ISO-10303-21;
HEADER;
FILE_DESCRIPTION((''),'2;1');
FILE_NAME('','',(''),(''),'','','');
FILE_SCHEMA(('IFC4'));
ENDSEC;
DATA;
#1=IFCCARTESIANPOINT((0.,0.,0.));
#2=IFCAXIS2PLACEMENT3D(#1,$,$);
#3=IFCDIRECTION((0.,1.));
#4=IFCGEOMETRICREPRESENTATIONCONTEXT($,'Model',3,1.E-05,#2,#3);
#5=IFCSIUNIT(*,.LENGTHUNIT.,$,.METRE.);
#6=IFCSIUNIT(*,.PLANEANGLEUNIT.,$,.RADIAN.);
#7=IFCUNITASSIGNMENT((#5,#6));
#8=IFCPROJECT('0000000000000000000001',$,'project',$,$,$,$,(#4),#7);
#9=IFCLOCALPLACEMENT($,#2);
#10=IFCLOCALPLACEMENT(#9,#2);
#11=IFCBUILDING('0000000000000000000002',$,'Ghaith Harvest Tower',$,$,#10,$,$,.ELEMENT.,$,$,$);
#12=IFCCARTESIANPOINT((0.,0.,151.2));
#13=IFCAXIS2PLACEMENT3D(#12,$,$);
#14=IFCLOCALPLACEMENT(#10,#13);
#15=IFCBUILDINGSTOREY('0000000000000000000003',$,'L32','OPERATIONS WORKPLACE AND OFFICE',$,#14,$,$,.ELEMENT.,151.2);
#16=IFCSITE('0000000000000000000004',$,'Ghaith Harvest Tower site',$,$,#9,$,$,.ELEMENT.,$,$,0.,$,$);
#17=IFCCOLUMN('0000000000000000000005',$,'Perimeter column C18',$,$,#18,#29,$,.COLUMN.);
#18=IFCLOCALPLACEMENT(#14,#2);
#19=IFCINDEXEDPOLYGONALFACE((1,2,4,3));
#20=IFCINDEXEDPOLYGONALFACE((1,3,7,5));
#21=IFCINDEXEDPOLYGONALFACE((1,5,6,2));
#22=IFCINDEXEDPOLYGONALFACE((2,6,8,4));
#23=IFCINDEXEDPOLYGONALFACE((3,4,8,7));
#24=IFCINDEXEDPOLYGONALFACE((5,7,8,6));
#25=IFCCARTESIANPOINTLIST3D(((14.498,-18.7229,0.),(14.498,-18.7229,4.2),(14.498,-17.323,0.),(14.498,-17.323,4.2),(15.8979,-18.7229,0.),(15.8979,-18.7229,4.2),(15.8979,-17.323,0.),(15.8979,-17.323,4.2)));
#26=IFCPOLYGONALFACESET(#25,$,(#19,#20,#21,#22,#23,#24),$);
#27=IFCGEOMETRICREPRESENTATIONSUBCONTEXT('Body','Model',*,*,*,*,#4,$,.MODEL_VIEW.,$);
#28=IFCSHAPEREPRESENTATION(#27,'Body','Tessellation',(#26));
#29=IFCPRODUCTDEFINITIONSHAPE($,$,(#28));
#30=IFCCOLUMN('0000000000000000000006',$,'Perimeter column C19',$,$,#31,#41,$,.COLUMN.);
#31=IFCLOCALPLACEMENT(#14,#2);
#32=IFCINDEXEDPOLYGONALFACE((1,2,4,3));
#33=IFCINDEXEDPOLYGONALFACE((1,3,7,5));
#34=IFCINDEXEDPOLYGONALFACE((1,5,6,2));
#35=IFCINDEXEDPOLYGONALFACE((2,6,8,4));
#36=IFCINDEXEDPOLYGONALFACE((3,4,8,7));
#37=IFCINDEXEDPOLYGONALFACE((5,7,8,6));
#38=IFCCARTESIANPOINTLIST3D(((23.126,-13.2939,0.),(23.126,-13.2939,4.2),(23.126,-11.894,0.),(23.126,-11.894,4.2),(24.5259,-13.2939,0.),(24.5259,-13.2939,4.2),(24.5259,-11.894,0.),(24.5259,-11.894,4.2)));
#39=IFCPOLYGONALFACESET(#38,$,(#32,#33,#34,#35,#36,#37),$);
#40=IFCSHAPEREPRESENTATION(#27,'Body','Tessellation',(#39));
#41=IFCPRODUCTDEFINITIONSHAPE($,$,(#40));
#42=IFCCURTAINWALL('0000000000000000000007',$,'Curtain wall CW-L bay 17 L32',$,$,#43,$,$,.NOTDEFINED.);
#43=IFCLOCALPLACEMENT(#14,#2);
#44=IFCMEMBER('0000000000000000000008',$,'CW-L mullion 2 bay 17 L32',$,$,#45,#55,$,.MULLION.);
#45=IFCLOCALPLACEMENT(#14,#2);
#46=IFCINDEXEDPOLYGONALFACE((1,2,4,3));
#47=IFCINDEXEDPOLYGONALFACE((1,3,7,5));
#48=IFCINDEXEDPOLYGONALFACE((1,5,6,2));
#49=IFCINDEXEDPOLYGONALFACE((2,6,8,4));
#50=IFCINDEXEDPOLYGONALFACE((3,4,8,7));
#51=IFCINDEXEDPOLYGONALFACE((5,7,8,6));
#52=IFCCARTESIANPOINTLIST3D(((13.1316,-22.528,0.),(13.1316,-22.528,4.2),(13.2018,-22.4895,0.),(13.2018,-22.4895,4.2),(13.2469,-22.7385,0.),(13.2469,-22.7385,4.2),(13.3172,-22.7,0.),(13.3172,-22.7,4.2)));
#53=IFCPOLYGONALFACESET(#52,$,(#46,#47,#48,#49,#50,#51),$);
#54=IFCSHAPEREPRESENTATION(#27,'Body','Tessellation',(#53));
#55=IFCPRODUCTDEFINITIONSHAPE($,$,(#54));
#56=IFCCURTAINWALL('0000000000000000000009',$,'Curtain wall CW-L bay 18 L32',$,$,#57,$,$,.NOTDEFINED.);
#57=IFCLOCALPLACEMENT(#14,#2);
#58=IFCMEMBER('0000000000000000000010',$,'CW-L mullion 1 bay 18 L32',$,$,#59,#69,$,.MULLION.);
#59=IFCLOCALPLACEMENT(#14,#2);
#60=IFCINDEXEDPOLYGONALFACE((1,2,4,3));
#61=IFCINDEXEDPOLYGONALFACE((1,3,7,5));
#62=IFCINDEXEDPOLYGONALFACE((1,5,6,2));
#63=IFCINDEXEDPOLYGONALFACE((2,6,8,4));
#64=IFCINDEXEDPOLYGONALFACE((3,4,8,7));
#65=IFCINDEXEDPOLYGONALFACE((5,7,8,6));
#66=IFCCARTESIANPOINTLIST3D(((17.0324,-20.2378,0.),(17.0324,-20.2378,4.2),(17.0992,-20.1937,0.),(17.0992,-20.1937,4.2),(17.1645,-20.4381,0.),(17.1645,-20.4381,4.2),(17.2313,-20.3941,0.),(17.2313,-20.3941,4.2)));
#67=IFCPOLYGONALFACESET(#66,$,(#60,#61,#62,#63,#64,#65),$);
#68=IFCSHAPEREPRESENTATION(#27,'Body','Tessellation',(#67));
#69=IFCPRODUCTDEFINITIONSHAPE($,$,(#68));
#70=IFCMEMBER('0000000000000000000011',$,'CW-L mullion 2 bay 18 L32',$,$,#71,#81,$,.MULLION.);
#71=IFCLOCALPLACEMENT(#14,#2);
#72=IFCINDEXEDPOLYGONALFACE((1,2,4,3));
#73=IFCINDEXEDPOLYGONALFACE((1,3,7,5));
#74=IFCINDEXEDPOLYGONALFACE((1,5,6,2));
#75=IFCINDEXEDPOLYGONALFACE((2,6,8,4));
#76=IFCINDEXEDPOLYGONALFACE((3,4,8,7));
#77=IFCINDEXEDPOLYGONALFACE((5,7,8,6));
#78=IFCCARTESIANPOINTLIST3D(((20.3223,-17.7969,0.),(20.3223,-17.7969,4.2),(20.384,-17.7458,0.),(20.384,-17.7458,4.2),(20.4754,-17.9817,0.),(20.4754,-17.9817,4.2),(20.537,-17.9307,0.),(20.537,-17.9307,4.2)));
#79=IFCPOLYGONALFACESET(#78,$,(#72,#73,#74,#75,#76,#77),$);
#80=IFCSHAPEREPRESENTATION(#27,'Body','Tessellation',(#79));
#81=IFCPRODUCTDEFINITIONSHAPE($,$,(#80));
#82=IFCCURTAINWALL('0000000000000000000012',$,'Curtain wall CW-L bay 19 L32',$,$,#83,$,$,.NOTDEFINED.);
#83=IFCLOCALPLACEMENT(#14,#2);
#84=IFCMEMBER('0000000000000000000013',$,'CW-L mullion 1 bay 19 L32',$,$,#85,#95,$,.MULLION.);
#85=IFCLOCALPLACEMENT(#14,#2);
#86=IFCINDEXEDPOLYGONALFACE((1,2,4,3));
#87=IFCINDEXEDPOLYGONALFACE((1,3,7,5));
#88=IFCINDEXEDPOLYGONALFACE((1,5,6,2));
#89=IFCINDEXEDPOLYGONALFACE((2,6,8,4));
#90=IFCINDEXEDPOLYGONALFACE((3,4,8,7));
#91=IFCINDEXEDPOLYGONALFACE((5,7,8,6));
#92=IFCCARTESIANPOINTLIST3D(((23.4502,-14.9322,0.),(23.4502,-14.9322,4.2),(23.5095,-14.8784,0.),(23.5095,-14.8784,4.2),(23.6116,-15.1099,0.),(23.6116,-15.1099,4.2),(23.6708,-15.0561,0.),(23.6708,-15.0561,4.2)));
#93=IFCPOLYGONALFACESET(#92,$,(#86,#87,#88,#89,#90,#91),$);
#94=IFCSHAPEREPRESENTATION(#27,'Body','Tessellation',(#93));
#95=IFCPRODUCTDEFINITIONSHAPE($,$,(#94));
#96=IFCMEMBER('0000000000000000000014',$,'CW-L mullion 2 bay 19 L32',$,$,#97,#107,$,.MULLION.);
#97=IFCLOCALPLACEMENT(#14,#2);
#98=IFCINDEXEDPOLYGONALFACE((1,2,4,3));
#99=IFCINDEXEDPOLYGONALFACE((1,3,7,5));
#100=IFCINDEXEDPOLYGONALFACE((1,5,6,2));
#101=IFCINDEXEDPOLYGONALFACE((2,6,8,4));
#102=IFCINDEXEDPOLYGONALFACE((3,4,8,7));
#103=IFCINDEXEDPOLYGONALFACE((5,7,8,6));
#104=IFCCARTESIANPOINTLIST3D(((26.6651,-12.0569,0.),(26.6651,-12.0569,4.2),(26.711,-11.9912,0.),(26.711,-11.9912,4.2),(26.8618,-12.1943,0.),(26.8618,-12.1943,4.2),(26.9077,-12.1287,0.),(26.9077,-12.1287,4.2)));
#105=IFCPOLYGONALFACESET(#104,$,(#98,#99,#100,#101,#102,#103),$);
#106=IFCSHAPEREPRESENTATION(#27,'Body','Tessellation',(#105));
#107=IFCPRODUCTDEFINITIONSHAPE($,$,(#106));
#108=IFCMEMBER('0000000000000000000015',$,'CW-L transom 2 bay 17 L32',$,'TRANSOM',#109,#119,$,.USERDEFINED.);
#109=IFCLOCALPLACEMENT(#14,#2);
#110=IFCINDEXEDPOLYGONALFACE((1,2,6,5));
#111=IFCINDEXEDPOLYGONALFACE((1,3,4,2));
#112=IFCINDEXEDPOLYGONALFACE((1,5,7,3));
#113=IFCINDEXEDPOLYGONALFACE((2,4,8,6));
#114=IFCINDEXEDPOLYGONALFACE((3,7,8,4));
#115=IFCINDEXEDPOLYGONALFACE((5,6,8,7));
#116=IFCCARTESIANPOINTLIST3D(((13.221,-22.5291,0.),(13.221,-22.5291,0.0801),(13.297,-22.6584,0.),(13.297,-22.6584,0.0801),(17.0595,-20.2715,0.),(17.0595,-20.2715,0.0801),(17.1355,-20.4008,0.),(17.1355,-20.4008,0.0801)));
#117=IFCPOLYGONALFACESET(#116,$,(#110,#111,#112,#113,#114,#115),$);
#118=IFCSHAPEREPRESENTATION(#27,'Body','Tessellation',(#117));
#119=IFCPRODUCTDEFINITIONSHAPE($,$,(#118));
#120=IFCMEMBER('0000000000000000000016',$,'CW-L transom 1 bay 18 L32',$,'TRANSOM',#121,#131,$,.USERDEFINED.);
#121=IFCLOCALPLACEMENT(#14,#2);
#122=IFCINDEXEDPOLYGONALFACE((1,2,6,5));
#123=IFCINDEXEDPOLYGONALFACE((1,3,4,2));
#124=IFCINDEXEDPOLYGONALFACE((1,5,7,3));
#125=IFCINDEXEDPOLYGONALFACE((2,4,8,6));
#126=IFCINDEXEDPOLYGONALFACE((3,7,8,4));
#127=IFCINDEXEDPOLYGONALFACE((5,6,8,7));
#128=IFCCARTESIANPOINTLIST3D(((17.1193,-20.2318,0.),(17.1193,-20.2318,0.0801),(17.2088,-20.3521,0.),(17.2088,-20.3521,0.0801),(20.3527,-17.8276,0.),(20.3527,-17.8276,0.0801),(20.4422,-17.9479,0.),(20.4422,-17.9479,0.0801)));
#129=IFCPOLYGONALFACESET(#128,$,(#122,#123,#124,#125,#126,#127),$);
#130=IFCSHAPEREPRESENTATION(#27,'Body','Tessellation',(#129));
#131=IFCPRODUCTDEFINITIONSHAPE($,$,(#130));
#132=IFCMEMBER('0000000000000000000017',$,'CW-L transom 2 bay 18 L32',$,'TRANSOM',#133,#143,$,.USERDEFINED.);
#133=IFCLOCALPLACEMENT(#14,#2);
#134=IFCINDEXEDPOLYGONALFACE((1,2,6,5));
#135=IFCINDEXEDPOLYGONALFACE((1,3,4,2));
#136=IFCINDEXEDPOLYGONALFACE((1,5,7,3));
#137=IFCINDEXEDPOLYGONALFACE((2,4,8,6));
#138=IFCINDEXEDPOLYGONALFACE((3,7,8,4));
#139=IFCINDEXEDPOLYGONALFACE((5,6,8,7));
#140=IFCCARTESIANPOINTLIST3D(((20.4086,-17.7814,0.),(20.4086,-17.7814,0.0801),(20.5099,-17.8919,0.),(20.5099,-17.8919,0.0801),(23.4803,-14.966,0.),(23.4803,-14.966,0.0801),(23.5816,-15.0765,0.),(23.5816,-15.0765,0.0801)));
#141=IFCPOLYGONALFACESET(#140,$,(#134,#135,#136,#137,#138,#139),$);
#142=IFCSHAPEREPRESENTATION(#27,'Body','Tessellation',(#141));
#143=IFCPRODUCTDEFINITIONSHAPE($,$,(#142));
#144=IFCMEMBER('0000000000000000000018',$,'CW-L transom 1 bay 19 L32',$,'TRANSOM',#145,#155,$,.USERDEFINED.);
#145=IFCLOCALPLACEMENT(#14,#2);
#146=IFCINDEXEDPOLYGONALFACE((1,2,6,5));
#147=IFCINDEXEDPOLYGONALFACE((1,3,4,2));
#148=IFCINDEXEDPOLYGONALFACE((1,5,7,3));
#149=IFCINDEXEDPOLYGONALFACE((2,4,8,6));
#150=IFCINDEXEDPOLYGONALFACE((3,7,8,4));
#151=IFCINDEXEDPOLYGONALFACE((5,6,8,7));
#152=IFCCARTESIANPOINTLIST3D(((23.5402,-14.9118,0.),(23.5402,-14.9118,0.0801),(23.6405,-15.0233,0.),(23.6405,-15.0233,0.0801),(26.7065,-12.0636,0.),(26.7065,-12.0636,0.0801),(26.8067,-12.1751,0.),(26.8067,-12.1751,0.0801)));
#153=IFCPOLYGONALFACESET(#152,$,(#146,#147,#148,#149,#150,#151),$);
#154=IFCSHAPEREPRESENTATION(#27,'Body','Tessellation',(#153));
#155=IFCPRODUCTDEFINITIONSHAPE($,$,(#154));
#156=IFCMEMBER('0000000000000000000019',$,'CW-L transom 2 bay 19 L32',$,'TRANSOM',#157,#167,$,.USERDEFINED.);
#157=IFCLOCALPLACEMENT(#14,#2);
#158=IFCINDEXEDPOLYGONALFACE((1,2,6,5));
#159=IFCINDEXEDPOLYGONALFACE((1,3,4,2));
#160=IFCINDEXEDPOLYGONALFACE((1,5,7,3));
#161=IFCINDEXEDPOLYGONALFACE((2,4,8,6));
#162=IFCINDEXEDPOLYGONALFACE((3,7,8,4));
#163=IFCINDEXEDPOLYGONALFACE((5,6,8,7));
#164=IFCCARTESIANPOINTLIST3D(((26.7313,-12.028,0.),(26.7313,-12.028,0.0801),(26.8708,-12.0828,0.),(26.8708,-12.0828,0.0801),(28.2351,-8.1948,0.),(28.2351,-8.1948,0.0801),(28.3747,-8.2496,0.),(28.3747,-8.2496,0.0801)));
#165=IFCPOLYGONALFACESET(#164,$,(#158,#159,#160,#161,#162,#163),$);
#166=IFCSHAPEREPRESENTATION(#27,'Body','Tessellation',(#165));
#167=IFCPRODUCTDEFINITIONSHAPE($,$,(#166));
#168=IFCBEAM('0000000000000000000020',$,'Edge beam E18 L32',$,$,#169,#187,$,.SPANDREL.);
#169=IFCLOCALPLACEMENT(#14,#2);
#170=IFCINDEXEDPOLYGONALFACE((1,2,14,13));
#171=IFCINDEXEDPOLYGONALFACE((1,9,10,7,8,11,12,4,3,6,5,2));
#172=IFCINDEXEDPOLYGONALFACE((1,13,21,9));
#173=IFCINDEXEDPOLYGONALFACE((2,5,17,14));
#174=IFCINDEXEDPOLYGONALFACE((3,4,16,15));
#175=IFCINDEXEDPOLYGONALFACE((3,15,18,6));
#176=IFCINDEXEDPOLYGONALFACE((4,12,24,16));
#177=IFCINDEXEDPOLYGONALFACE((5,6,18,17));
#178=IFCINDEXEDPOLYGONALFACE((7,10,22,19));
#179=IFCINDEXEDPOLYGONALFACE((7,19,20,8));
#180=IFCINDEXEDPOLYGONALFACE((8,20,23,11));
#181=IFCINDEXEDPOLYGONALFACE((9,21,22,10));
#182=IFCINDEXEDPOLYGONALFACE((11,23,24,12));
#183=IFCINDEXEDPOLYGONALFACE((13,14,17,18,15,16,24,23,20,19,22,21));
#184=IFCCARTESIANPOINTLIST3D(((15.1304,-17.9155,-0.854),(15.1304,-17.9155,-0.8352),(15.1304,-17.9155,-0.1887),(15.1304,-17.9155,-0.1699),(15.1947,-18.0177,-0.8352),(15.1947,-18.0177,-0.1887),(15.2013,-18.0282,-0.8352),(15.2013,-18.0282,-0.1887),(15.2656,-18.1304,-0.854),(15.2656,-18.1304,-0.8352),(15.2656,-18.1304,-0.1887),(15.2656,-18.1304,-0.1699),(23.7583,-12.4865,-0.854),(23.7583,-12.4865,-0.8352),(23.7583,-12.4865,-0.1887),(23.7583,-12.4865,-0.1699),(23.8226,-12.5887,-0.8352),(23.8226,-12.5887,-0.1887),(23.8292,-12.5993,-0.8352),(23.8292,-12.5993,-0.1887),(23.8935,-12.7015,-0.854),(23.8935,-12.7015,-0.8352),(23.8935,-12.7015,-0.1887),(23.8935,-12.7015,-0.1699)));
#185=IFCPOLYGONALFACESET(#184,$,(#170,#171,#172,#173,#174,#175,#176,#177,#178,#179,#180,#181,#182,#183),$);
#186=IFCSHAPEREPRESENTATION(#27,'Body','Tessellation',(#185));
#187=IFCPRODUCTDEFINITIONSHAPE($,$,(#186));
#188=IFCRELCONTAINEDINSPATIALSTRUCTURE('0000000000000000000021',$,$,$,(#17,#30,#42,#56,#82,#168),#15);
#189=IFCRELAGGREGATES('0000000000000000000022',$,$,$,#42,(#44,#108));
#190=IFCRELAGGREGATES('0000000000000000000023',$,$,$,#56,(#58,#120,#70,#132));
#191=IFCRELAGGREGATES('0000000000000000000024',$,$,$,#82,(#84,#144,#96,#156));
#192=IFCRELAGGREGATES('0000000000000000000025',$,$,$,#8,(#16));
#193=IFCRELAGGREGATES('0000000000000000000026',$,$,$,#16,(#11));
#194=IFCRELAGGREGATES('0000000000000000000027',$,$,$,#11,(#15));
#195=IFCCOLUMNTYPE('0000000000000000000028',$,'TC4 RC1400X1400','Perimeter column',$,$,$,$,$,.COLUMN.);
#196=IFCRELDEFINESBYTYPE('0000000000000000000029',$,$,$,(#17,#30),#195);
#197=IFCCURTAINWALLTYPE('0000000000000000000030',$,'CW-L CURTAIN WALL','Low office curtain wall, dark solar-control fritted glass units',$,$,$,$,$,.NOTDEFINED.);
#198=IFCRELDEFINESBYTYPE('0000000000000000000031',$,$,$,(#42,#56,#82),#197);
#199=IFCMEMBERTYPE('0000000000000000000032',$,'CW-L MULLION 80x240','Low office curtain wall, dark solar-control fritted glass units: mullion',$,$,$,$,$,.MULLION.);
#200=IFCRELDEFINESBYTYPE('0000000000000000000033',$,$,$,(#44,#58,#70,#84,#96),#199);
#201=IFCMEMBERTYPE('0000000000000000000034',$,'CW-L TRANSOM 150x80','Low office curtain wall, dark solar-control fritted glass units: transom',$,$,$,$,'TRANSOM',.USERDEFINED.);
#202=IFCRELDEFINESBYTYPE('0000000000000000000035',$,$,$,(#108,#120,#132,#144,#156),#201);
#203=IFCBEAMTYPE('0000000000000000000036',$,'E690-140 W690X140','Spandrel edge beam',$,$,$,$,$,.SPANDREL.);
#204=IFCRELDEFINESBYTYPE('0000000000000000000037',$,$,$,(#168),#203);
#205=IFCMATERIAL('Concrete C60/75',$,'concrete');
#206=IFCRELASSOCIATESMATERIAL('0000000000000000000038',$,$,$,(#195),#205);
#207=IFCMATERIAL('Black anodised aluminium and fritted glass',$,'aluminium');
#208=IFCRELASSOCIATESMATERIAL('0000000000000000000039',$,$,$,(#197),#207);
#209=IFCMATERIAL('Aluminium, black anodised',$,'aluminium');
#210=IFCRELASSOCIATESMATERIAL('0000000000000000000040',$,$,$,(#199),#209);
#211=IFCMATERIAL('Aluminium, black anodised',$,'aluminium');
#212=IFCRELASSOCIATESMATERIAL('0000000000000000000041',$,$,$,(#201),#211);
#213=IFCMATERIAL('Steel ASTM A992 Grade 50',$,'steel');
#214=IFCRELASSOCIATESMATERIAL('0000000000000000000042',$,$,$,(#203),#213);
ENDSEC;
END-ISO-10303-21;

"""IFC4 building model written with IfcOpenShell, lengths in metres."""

from ifc_helpers import new_model, si_unit, direction, frame, origin, origin_2d, place, context, subcontext, project, spatial, rectangle, i_section, extrude, material, material_profile, profile_set, type_object, element, aggregate, save


model = new_model("IFC4")

# Units and contexts
model_context = context("Model", 3, precision=1e-05, world=origin(), true_north=direction((0.0, 1.0)))
body_context = subcontext(model_context, "Body", "Model", "MODEL_VIEW")
ifc_project = project(units=[si_unit("LENGTHUNIT", "METRE"), si_unit("PLANEANGLEUNIT", "RADIAN")], contexts=[model_context])

# Site, building, storey
site_placement = place(None, origin())
site = spatial("IfcSite", under=ifc_project, at=site_placement, Name="Ghaith Harvest Tower site", CompositionType="ELEMENT", RefElevation=0.0)
building_placement = place(site_placement, origin())
building = spatial("IfcBuilding", under=site, at=building_placement, Name="Ghaith Harvest Tower", CompositionType="ELEMENT")
storey_placement = place(building_placement, frame((0.0, 0.0, 151.2)))
storey = spatial("IfcBuildingStorey", under=building, at=storey_placement, Name="L32", Description="OPERATIONS WORKPLACE AND OFFICE", CompositionType="ELEMENT", Elevation=151.2)

# Columns
ifc_material_1 = material(Name="Concrete C60/75", Category="concrete")
ifc_material_profile_1 = material_profile(ifc_material_1, rectangle(XDim=1.3999, YDim=1.3999, at=origin_2d()), Name="RC1400X1400")
ifc_profile_set_1 = profile_set([ifc_material_profile_1], Name="Concrete C60/75")
column_type = type_object("IfcColumnType", Name="TC4 RC1400X1400", Description="Perimeter column", PredefinedType="COLUMN", material=ifc_profile_set_1)
for number, where, z_axis, x_axis, name in (
    (1, (15.198, -18.0229, 0.0), (0.0, 0.0, 1.0), (1.0, 0.0, 0.0), "Perimeter column C18"),
    (2, (23.8259, -12.594, 0.0), (0.0, 0.0, 1.0), (1.0, 0.0, 0.0), "Perimeter column C19"),
):
    element("IfcColumn", number, at=place(storey_placement, frame(where, z_axis=z_axis, x_axis=x_axis)), inside=storey, type_object=column_type, Name=name, PredefinedType="COLUMN", context=body_context, shape_type="SweptSolid", body=[
        extrude(rectangle(XDim=1.3999, YDim=1.3999, at=origin_2d()), origin(), (0.0, 0.0, 1.0), 4.2),
    ])

# Curtain wall, member
ifc_material_2 = material(Name="Black anodised aluminium and fritted glass", Category="aluminium")
curtain_wall_type = type_object("IfcCurtainWallType", Name="CW-L CURTAIN WALL", Description="Low office curtain wall, dark solar-control fritted glass units", PredefinedType="NOTDEFINED", material=ifc_material_2)
curtain_wall_1_placement = place(storey_placement, origin())
curtain_wall_1 = element("IfcCurtainWall", 3, at=curtain_wall_1_placement, inside=storey, type_object=curtain_wall_type, Name="Curtain wall CW-L bay 17 L32", PredefinedType="NOTDEFINED")
ifc_material_3 = material(Name="Aluminium, black anodised", Category="aluminium")
ifc_material_profile_2 = material_profile(ifc_material_3, rectangle(XDim=0.0801, YDim=0.24, at=origin_2d()), Name="CW-L MULLION 80x240")
ifc_profile_set_2 = profile_set([ifc_material_profile_2], Name="Aluminium, black anodised")
member_type_1 = type_object("IfcMemberType", Name="CW-L MULLION 80x240", Description="Low office curtain wall, dark solar-control fritted glass units: mullion", PredefinedType="MULLION", material=ifc_profile_set_2)
member_1_placement = place(storey_placement, frame((13.2244, -22.614, 0.0), z_axis=(0.0, 0.0, 1.0), x_axis=(0.876899, 0.480675, 0.0)))
member_1 = element("IfcMember", 4, at=member_1_placement, type_object=member_type_1, Name="CW-L mullion 2 bay 17 L32", PredefinedType="MULLION", context=body_context, shape_type="SweptSolid", body=[
    extrude(rectangle(XDim=0.0801, YDim=0.24, at=origin_2d()), origin(), (0.0, 0.0, 1.0), 4.2),
])

# Curtain walls, members
curtain_wall_2_placement = place(storey_placement, origin())
curtain_wall_2 = element("IfcCurtainWall", 5, at=curtain_wall_2_placement, inside=storey, type_object=curtain_wall_type, Name="Curtain wall CW-L bay 18 L32", PredefinedType="NOTDEFINED")
member_2_placement = place(storey_placement, frame((17.1318, -20.3159, 0.0), z_axis=(0.0, 0.0, 1.0), x_axis=(0.834887, 0.550421, 0.0)))
member_2 = element("IfcMember", 6, at=member_2_placement, type_object=member_type_1, Name="CW-L mullion 1 bay 18 L32", PredefinedType="MULLION", context=body_context, shape_type="SweptSolid", body=[
    extrude(rectangle(XDim=0.0801, YDim=0.24, at=origin_2d()), origin(), (0.0, 0.0, 1.0), 4.2),
])
member_3_placement = place(storey_placement, frame((20.4297, -17.8638, 0.0), z_axis=(0.0, 0.0, 1.0), x_axis=(0.770306, 0.637674, 0.0)))
member_3 = element("IfcMember", 7, at=member_3_placement, type_object=member_type_1, Name="CW-L mullion 2 bay 18 L32", PredefinedType="MULLION", context=body_context, shape_type="SweptSolid", body=[
    extrude(rectangle(XDim=0.0801, YDim=0.24, at=origin_2d()), origin(), (0.0, 0.0, 1.0), 4.2),
])
curtain_wall_3_placement = place(storey_placement, origin())
curtain_wall_3 = element("IfcCurtainWall", 8, at=curtain_wall_3_placement, inside=storey, type_object=curtain_wall_type, Name="Curtain wall CW-L bay 19 L32", PredefinedType="NOTDEFINED")
member_4_placement = place(storey_placement, frame((23.5605, -14.9941, 0.0), z_axis=(0.0, 0.0, 1.0), x_axis=(0.740389, 0.672179, 0.0)))
member_4 = element("IfcMember", 9, at=member_4_placement, type_object=member_type_1, Name="CW-L mullion 1 bay 19 L32", PredefinedType="MULLION", context=body_context, shape_type="SweptSolid", body=[
    extrude(rectangle(XDim=0.0801, YDim=0.24, at=origin_2d()), origin(), (0.0, 0.0, 1.0), 4.2),
])
member_5_placement = place(storey_placement, frame((26.7864, -12.0928, 0.0), z_axis=(0.0, 0.0, 1.0), x_axis=(0.572853, 0.819658, 0.0)))
member_5 = element("IfcMember", 10, at=member_5_placement, type_object=member_type_1, Name="CW-L mullion 2 bay 19 L32", PredefinedType="MULLION", context=body_context, shape_type="SweptSolid", body=[
    extrude(rectangle(XDim=0.0801, YDim=0.24, at=origin_2d()), origin(), (0.0, 0.0, 1.0), 4.2),
])

# Members
ifc_material_4 = material(Name="Aluminium, black anodised", Category="aluminium")
ifc_material_profile_3 = material_profile(ifc_material_4, rectangle(XDim=0.1499, YDim=0.0801, at=origin_2d()), Name="CW-L TRANSOM 150x80")
ifc_profile_set_3 = profile_set([ifc_material_profile_3], Name="Aluminium, black anodised")
member_type_2 = type_object("IfcMemberType", Name="CW-L TRANSOM 150x80", Description="Low office curtain wall, dark solar-control fritted glass units: transom", ElementType="TRANSOM", PredefinedType="USERDEFINED", material=ifc_profile_set_3)
member_6_placement = place(storey_placement, frame((13.259, -22.5938, 0.04), z_axis=(0.861964, 0.50697, 0.0), x_axis=(-0.50697, 0.861964, 0.0)))
member_6 = element("IfcMember", 11, at=member_6_placement, type_object=member_type_2, Name="CW-L transom 2 bay 17 L32", ObjectType="TRANSOM", PredefinedType="USERDEFINED", context=body_context, shape_type="SweptSolid", body=[
    extrude(rectangle(XDim=0.1499, YDim=0.0801, at=origin_2d()), origin(), (0.0, 0.0, 1.0), 4.4531),
])
member_7_placement = place(storey_placement, frame((17.1641, -20.292, 0.04), z_axis=(0.802465, 0.596699, 0.0), x_axis=(-0.596699, 0.802465, 0.0)))
member_7 = element("IfcMember", 12, at=member_7_placement, type_object=member_type_2, Name="CW-L transom 1 bay 18 L32", ObjectType="TRANSOM", PredefinedType="USERDEFINED", context=body_context, shape_type="SweptSolid", body=[
    extrude(rectangle(XDim=0.1499, YDim=0.0801, at=origin_2d()), origin(), (0.0, 0.0, 1.0), 4.0293),
])
member_8_placement = place(storey_placement, frame((20.4592, -17.8367, 0.04), z_axis=(0.737198, 0.675677, 0.0), x_axis=(-0.675677, 0.737198, 0.0)))
member_8 = element("IfcMember", 13, at=member_8_placement, type_object=member_type_2, Name="CW-L transom 2 bay 18 L32", ObjectType="TRANSOM", PredefinedType="USERDEFINED", context=body_context, shape_type="SweptSolid", body=[
    extrude(rectangle(XDim=0.1499, YDim=0.0801, at=origin_2d()), origin(), (0.0, 0.0, 1.0), 4.1667),
])
member_9_placement = place(storey_placement, frame((23.5903, -14.9675, 0.04), z_axis=(0.743468, 0.668772, 0.0), x_axis=(-0.668772, 0.743468, 0.0)))
member_9 = element("IfcMember", 14, at=member_9_placement, type_object=member_type_2, Name="CW-L transom 1 bay 19 L32", ObjectType="TRANSOM", PredefinedType="USERDEFINED", context=body_context, shape_type="SweptSolid", body=[
    extrude(rectangle(XDim=0.1499, YDim=0.0801, at=origin_2d()), origin(), (0.0, 0.0, 1.0), 4.2588),
])
member_10_placement = place(storey_placement, frame((26.801, -12.0554, 0.04), z_axis=(0.365229, 0.930918, 0.0), x_axis=(-0.930918, 0.365229, 0.0)))
member_10 = element("IfcMember", 15, at=member_10_placement, type_object=member_type_2, Name="CW-L transom 2 bay 19 L32", ObjectType="TRANSOM", PredefinedType="USERDEFINED", context=body_context, shape_type="SweptSolid", body=[
    extrude(rectangle(XDim=0.1499, YDim=0.0801, at=origin_2d()), origin(), (0.0, 0.0, 1.0), 4.1177),
])

# Beam
ifc_material_5 = material(Name="Steel ASTM A992 Grade 50", Category="steel")
ifc_material_profile_4 = material_profile(ifc_material_5, i_section(OverallWidth=0.2539, OverallDepth=0.6841, WebThickness=0.0125, FlangeThickness=0.0188, at=origin_2d()), Name="W690X140")
ifc_profile_set_4 = profile_set([ifc_material_profile_4], Name="Steel ASTM A992 Grade 50")
beam_type_1 = type_object("IfcBeamType", Name="E690-140 W690X140", Description="Spandrel edge beam", PredefinedType="SPANDREL", material=ifc_profile_set_4)
beam_1_placement = place(storey_placement, frame((15.198, -18.0229, -0.512), z_axis=(0.846385, 0.532571, 0.0), x_axis=(-0.532571, 0.846385, 0.0)))
element("IfcBeam", 16, at=beam_1_placement, inside=storey, type_object=beam_type_1, Name="Edge beam E18 L32", PredefinedType="SPANDREL", context=body_context, shape_type="SweptSolid", body=[
    extrude(i_section(OverallWidth=0.2539, OverallDepth=0.6841, WebThickness=0.0125, FlangeThickness=0.0188, at=origin_2d()), origin(), (0.0, 0.0, 1.0), 10.1938),
])

aggregate(curtain_wall_1, [member_1, member_6])
aggregate(curtain_wall_2, [member_2, member_7, member_3, member_8])
aggregate(curtain_wall_3, [member_4, member_9, member_5, member_10])

save(model, "model.ifc")
